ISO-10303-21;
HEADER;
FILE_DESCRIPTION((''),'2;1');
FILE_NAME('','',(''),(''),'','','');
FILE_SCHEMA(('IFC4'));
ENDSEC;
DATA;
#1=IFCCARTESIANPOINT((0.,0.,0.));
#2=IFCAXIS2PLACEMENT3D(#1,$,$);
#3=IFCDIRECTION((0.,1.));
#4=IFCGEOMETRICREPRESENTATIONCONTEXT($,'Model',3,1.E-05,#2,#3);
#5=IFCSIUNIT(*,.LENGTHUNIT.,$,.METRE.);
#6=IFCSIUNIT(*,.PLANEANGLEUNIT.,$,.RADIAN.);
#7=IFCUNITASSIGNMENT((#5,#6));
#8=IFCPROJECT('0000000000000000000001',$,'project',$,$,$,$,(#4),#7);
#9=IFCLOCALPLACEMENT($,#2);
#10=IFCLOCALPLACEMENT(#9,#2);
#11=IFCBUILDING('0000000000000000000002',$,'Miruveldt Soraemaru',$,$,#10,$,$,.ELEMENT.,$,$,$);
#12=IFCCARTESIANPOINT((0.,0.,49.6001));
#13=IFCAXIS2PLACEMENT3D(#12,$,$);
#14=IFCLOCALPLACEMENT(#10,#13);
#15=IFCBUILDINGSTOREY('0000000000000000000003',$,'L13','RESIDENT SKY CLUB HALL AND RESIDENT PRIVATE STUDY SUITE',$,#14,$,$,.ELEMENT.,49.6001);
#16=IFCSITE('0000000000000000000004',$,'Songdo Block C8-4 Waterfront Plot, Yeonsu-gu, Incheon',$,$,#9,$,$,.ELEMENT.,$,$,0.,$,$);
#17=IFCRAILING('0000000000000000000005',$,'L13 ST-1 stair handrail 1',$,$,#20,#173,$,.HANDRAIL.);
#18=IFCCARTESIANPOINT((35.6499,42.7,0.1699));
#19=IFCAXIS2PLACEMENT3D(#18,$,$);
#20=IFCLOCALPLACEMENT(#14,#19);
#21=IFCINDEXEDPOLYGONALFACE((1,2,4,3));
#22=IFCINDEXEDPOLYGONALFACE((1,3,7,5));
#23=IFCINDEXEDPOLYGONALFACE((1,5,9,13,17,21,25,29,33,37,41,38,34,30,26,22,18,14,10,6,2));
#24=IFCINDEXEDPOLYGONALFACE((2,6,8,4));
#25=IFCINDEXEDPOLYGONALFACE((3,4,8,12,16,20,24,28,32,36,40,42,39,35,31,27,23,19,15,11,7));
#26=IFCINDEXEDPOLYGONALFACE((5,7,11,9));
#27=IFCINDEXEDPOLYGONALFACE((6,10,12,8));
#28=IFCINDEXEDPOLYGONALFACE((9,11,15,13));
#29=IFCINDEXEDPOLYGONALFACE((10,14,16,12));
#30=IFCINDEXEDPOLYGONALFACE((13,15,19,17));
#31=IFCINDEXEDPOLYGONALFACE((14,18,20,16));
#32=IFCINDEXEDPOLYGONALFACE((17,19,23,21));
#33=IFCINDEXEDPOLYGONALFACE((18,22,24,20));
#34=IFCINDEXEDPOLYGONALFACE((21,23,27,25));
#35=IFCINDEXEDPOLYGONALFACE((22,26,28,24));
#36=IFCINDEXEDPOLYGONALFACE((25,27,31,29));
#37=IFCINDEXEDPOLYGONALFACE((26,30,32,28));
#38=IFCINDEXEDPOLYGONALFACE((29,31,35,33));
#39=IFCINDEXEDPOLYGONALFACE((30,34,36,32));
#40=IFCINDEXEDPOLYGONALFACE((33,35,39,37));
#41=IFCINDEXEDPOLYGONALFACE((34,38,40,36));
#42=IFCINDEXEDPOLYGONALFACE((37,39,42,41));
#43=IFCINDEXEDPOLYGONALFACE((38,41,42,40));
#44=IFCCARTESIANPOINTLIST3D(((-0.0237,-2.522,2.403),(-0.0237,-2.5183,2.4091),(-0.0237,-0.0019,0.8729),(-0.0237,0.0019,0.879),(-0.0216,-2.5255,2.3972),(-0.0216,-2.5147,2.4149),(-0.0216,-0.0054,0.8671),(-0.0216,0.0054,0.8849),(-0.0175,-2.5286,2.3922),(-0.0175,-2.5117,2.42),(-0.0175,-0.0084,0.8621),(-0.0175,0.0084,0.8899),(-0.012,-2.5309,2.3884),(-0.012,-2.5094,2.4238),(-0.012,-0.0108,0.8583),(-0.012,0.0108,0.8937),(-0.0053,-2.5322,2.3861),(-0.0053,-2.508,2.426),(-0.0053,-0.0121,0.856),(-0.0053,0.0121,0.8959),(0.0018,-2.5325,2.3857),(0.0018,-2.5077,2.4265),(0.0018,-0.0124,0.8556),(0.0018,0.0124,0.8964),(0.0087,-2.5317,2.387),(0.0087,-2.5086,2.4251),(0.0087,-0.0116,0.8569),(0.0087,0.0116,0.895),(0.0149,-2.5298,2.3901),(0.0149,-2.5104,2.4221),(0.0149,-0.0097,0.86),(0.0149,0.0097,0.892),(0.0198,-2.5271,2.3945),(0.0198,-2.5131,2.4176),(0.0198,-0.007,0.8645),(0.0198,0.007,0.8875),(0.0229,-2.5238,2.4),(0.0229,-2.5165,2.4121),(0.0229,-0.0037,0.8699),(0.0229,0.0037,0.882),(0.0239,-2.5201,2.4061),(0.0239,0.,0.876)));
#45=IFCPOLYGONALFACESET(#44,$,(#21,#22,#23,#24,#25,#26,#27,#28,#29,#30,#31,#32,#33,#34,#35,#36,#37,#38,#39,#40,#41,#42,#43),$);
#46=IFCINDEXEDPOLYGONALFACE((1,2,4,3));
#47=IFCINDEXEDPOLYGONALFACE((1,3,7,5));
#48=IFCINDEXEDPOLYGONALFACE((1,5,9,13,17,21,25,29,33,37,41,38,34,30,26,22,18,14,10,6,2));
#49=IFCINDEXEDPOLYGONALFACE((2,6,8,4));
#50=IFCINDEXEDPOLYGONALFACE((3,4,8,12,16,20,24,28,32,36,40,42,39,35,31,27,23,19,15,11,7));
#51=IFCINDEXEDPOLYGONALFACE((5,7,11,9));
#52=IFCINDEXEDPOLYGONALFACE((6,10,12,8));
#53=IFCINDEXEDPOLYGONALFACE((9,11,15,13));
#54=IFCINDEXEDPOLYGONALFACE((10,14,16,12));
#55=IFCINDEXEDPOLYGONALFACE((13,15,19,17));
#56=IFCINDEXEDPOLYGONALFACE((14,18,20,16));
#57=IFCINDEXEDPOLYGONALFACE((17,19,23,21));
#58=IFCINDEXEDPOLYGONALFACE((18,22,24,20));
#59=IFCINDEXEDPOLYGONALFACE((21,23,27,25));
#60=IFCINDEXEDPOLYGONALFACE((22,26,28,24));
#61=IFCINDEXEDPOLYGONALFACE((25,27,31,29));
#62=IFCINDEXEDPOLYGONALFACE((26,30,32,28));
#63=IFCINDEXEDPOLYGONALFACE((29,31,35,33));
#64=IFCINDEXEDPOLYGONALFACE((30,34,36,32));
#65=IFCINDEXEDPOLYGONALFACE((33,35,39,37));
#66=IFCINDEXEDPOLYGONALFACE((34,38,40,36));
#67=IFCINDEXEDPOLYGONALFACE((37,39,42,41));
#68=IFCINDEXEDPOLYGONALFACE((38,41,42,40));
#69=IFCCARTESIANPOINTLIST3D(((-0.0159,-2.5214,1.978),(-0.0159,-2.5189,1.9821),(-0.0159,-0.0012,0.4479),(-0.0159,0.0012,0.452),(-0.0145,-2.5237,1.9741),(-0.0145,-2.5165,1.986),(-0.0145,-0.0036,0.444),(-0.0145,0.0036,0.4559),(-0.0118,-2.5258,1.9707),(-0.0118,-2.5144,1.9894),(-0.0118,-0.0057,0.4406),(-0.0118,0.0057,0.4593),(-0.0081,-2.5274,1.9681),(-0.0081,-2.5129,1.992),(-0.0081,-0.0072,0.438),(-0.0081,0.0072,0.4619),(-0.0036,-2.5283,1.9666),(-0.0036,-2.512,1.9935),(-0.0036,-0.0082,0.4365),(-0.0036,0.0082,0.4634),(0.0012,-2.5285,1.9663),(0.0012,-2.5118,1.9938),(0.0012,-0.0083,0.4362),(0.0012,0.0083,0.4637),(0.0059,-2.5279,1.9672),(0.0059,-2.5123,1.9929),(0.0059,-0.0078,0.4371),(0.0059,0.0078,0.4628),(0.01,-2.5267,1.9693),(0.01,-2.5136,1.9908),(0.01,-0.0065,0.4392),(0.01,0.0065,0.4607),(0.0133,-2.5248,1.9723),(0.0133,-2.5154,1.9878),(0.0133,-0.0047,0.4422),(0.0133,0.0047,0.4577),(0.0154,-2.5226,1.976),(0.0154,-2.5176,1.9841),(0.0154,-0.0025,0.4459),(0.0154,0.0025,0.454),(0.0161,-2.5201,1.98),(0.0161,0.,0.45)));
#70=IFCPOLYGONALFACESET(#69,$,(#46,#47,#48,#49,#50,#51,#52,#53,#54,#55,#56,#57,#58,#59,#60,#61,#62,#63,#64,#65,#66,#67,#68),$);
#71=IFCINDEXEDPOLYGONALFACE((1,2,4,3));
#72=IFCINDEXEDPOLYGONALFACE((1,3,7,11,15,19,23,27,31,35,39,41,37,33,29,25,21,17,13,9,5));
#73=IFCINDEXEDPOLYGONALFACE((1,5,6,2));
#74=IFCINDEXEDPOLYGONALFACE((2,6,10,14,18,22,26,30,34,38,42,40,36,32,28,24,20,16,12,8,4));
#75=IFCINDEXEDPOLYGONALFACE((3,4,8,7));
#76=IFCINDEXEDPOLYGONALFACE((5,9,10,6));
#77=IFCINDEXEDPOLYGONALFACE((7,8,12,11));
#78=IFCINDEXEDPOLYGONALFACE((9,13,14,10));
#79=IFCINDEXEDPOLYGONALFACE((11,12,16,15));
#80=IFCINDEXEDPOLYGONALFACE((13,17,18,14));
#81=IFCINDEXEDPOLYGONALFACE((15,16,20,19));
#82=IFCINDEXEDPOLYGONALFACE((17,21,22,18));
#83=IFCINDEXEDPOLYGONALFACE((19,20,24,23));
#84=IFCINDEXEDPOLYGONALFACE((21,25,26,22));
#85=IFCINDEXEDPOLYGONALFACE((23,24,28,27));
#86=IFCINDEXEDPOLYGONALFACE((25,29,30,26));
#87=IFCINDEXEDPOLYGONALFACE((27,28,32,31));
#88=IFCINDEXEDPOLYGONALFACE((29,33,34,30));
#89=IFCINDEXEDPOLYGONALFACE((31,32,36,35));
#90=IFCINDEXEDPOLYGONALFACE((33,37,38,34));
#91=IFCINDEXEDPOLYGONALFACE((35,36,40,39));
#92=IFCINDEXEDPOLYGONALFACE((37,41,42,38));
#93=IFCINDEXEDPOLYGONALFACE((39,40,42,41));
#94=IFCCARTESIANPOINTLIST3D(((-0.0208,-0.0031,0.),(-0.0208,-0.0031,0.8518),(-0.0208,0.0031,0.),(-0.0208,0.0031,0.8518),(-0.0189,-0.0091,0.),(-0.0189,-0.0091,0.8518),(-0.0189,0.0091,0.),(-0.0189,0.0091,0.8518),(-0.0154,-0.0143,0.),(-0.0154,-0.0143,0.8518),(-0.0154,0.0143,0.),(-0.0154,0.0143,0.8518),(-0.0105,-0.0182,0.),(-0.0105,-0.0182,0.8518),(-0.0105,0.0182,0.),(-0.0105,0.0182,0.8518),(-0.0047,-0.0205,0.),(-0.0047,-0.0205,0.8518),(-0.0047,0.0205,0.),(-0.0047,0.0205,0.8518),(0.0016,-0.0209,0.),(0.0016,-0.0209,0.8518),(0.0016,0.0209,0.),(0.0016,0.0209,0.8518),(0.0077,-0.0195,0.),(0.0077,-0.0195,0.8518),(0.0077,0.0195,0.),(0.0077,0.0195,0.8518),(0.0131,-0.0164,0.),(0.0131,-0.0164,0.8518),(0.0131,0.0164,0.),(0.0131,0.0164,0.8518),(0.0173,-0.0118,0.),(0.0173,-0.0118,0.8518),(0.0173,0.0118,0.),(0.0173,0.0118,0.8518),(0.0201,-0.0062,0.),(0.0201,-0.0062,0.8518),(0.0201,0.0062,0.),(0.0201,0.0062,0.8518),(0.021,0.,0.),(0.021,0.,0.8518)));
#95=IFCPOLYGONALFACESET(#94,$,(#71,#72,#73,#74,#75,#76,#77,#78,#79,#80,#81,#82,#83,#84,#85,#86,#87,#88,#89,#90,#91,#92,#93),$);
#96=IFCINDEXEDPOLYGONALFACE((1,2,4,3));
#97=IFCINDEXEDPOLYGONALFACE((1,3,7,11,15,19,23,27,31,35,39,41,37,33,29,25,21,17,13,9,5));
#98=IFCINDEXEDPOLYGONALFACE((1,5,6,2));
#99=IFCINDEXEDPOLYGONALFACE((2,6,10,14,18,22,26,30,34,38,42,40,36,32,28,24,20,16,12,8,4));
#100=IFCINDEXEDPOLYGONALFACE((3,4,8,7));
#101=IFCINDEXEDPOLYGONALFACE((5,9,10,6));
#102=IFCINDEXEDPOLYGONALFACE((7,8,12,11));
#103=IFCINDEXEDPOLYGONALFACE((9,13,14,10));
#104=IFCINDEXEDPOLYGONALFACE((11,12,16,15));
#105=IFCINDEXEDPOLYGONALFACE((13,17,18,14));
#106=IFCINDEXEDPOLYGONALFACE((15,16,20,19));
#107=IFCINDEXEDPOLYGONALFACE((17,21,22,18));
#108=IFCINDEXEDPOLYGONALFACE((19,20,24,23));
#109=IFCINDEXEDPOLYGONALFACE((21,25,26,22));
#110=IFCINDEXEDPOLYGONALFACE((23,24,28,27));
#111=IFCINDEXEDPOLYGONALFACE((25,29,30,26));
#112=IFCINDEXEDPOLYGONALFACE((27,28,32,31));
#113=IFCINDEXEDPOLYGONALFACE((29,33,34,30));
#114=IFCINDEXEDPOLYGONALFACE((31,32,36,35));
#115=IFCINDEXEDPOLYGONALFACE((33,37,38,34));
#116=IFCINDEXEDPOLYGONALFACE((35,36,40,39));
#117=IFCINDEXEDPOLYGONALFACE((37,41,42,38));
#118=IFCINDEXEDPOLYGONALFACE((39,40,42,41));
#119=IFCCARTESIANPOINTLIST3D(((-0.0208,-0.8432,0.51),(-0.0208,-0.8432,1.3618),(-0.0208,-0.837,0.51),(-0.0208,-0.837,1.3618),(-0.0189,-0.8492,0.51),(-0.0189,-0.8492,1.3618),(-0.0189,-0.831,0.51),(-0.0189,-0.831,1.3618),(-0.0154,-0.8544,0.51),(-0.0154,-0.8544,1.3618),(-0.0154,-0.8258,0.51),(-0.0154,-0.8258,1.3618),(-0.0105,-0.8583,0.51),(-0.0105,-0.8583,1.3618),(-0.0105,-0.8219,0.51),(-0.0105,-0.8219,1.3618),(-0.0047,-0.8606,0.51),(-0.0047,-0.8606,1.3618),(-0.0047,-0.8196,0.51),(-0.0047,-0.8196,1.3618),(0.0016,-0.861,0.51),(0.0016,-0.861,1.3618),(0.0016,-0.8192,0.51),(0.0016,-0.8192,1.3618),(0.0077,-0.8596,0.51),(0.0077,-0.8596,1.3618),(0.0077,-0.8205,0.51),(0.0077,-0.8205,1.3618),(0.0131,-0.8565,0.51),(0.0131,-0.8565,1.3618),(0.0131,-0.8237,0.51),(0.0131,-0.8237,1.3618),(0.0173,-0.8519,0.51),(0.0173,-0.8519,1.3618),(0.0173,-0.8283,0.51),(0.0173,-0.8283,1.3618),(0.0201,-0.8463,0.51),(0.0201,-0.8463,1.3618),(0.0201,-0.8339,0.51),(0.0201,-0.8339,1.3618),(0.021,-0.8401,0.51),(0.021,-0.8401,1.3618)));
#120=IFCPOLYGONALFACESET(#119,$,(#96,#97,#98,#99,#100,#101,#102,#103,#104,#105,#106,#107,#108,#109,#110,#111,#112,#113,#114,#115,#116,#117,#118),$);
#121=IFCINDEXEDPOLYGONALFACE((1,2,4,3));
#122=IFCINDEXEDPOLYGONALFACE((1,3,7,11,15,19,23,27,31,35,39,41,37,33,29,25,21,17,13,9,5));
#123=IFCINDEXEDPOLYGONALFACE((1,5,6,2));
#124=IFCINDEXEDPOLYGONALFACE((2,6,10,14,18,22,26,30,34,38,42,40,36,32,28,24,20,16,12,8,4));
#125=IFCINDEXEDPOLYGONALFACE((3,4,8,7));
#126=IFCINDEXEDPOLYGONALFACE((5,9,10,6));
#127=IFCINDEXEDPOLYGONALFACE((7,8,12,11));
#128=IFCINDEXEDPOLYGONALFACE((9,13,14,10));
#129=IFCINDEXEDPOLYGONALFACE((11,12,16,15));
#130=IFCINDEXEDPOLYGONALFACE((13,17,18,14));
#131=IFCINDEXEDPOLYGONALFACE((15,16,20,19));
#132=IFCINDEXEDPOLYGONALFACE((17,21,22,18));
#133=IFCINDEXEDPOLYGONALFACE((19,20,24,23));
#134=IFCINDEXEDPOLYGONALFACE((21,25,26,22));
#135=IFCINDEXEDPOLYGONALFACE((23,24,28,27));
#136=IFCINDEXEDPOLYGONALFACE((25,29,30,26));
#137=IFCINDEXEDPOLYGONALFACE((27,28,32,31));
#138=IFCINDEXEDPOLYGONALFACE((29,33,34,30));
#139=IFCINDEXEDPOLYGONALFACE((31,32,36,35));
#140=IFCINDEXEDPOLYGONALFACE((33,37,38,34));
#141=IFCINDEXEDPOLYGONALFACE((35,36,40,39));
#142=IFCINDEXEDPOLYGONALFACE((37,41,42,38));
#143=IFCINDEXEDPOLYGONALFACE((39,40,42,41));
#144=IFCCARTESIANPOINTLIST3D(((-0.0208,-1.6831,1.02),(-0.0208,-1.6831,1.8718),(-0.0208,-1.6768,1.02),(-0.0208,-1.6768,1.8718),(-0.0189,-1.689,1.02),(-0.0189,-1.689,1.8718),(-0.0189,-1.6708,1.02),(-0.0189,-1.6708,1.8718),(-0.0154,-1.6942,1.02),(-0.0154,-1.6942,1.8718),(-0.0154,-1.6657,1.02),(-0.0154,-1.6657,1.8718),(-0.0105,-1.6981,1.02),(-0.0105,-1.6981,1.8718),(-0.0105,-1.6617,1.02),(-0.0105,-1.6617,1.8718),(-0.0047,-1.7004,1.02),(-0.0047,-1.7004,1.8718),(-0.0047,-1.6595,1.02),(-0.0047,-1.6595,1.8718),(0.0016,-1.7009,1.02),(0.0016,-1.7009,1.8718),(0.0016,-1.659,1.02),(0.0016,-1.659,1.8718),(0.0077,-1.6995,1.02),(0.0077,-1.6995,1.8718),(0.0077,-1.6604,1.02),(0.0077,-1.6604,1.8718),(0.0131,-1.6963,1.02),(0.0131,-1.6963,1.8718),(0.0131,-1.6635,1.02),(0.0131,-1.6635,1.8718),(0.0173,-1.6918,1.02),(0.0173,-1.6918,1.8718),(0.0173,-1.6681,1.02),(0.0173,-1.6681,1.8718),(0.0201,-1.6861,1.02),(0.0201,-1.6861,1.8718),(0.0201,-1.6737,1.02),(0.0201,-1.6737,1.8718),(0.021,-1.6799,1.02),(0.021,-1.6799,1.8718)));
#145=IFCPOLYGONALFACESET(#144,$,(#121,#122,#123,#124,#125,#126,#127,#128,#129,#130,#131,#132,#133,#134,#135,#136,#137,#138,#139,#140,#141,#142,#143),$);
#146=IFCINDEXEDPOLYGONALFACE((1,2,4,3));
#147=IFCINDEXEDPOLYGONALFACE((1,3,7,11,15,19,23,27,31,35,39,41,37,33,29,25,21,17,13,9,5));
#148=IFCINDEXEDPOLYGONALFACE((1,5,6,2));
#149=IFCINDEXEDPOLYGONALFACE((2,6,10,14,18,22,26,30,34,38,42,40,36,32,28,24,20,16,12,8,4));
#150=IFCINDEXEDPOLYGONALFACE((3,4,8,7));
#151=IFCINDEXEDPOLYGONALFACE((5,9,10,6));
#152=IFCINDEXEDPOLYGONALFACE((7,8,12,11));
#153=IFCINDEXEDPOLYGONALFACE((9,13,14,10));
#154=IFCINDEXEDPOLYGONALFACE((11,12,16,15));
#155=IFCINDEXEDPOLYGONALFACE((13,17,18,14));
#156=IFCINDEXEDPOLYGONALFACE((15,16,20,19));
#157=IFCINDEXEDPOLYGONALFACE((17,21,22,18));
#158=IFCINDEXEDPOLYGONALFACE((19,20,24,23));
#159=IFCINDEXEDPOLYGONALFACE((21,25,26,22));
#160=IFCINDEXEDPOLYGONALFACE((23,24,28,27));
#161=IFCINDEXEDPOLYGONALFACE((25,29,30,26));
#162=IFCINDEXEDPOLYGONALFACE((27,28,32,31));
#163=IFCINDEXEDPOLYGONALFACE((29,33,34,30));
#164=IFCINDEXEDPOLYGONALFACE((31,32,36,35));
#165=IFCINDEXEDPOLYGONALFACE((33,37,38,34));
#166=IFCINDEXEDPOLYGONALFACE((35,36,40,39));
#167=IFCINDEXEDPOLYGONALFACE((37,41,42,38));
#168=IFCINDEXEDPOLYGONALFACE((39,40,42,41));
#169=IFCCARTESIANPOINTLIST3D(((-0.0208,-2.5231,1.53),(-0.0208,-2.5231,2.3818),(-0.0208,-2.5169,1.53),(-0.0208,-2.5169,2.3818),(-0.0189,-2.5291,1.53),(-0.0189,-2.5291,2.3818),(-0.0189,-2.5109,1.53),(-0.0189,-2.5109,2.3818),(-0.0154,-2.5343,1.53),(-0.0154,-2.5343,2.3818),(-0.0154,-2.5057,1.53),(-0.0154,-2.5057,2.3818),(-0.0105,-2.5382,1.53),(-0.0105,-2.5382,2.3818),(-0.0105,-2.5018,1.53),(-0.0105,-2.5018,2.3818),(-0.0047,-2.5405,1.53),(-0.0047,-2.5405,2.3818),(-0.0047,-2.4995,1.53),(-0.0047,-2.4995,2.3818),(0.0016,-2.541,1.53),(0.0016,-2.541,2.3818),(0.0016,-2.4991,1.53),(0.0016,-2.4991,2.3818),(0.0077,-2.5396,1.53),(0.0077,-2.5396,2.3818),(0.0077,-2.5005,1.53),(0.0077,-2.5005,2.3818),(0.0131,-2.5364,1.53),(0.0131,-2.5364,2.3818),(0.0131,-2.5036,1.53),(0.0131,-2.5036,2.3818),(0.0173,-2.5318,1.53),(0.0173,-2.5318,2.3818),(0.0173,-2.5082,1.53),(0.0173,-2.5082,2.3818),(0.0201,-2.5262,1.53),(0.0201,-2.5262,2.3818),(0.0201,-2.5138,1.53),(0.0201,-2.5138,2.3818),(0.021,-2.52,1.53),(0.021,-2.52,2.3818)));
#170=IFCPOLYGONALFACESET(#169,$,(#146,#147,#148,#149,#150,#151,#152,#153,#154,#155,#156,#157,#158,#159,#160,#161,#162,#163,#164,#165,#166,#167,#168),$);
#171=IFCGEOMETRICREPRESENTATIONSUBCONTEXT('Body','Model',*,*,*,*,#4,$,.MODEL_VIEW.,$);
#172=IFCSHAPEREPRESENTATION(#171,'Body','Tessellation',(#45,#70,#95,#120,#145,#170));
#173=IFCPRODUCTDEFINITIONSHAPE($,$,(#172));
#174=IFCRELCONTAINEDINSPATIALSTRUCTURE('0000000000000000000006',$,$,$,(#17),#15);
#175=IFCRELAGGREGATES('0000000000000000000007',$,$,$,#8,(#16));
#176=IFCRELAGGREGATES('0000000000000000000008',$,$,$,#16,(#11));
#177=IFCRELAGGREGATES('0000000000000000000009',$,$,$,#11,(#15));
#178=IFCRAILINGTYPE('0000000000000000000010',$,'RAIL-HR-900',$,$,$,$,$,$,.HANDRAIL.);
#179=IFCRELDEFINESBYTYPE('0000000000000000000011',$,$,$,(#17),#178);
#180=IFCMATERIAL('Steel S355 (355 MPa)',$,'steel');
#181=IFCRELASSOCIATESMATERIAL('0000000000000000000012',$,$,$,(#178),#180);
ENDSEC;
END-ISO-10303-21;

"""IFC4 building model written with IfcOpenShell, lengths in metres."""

from ifc_helpers import new_model, si_unit, direction, frame, origin, origin_2d, place, context, subcontext, project, spatial, circle, extrude, material, type_object, element, save


model = new_model("IFC4")

# Units and contexts
model_context = context("Model", 3, precision=1e-05, world=origin(), true_north=direction((0.0, 1.0)))
body_context = subcontext(model_context, "Body", "Model", "MODEL_VIEW")
ifc_project = project(units=[si_unit("LENGTHUNIT", "METRE"), si_unit("PLANEANGLEUNIT", "RADIAN")], contexts=[model_context])

# Site, building, storey
site_placement = place(None, origin())
site = spatial("IfcSite", under=ifc_project, at=site_placement, Name="Songdo Block C8-4 Waterfront Plot, Yeonsu-gu, Incheon", CompositionType="ELEMENT", RefElevation=0.0)
building_placement = place(site_placement, origin())
building = spatial("IfcBuilding", under=site, at=building_placement, Name="Miruveldt Soraemaru", CompositionType="ELEMENT")
storey_placement = place(building_placement, frame((0.0, 0.0, 49.6001)))
storey = spatial("IfcBuildingStorey", under=building, at=storey_placement, Name="L13", Description="RESIDENT SKY CLUB HALL AND RESIDENT PRIVATE STUDY SUITE", CompositionType="ELEMENT", Elevation=49.6001)

# Railing
ifc_material_1 = material(Name="Steel S355 (355 MPa)", Category="steel")
railing_type_1 = type_object("IfcRailingType", Name="RAIL-HR-900", PredefinedType="HANDRAIL", material=ifc_material_1)
railing_1_placement = place(storey_placement, frame((35.6499, 42.7, 0.1699)))
element("IfcRailing", 1, at=railing_1_placement, inside=storey, type_object=railing_type_1, Name="L13 ST-1 stair handrail 1", PredefinedType="HANDRAIL", context=body_context, shape_type="SweptSolid", body=[
    extrude(circle(Radius=0.0239, at=origin_2d()), frame((0.0, 0.0, 0.876), z_axis=(0.0, -0.854785, 0.518982), x_axis=(1.0, 0.0, 0.0)), (0.0, 0.0, 1.0), 2.9482),
    extrude(circle(Radius=0.0161, at=origin_2d()), frame((0.0, 0.0, 0.45), z_axis=(0.0, -0.854785, 0.518982), x_axis=(1.0, 0.0, 0.0)), (0.0, 0.0, 1.0), 2.9482),
    extrude(circle(Radius=0.021, at=origin_2d()), origin(), (0.0, 0.0, 1.0), 0.8518),
    extrude(circle(Radius=0.021, at=origin_2d()), frame((0.0, -0.8401, 0.51)), (0.0, 0.0, 1.0), 0.8518),
    extrude(circle(Radius=0.021, at=origin_2d()), frame((0.0, -1.6799, 1.02)), (0.0, 0.0, 1.0), 0.8518),
    extrude(circle(Radius=0.021, at=origin_2d()), frame((0.0, -2.52, 1.53)), (0.0, 0.0, 1.0), 0.8518),
])

save(model, "model.ifc")
